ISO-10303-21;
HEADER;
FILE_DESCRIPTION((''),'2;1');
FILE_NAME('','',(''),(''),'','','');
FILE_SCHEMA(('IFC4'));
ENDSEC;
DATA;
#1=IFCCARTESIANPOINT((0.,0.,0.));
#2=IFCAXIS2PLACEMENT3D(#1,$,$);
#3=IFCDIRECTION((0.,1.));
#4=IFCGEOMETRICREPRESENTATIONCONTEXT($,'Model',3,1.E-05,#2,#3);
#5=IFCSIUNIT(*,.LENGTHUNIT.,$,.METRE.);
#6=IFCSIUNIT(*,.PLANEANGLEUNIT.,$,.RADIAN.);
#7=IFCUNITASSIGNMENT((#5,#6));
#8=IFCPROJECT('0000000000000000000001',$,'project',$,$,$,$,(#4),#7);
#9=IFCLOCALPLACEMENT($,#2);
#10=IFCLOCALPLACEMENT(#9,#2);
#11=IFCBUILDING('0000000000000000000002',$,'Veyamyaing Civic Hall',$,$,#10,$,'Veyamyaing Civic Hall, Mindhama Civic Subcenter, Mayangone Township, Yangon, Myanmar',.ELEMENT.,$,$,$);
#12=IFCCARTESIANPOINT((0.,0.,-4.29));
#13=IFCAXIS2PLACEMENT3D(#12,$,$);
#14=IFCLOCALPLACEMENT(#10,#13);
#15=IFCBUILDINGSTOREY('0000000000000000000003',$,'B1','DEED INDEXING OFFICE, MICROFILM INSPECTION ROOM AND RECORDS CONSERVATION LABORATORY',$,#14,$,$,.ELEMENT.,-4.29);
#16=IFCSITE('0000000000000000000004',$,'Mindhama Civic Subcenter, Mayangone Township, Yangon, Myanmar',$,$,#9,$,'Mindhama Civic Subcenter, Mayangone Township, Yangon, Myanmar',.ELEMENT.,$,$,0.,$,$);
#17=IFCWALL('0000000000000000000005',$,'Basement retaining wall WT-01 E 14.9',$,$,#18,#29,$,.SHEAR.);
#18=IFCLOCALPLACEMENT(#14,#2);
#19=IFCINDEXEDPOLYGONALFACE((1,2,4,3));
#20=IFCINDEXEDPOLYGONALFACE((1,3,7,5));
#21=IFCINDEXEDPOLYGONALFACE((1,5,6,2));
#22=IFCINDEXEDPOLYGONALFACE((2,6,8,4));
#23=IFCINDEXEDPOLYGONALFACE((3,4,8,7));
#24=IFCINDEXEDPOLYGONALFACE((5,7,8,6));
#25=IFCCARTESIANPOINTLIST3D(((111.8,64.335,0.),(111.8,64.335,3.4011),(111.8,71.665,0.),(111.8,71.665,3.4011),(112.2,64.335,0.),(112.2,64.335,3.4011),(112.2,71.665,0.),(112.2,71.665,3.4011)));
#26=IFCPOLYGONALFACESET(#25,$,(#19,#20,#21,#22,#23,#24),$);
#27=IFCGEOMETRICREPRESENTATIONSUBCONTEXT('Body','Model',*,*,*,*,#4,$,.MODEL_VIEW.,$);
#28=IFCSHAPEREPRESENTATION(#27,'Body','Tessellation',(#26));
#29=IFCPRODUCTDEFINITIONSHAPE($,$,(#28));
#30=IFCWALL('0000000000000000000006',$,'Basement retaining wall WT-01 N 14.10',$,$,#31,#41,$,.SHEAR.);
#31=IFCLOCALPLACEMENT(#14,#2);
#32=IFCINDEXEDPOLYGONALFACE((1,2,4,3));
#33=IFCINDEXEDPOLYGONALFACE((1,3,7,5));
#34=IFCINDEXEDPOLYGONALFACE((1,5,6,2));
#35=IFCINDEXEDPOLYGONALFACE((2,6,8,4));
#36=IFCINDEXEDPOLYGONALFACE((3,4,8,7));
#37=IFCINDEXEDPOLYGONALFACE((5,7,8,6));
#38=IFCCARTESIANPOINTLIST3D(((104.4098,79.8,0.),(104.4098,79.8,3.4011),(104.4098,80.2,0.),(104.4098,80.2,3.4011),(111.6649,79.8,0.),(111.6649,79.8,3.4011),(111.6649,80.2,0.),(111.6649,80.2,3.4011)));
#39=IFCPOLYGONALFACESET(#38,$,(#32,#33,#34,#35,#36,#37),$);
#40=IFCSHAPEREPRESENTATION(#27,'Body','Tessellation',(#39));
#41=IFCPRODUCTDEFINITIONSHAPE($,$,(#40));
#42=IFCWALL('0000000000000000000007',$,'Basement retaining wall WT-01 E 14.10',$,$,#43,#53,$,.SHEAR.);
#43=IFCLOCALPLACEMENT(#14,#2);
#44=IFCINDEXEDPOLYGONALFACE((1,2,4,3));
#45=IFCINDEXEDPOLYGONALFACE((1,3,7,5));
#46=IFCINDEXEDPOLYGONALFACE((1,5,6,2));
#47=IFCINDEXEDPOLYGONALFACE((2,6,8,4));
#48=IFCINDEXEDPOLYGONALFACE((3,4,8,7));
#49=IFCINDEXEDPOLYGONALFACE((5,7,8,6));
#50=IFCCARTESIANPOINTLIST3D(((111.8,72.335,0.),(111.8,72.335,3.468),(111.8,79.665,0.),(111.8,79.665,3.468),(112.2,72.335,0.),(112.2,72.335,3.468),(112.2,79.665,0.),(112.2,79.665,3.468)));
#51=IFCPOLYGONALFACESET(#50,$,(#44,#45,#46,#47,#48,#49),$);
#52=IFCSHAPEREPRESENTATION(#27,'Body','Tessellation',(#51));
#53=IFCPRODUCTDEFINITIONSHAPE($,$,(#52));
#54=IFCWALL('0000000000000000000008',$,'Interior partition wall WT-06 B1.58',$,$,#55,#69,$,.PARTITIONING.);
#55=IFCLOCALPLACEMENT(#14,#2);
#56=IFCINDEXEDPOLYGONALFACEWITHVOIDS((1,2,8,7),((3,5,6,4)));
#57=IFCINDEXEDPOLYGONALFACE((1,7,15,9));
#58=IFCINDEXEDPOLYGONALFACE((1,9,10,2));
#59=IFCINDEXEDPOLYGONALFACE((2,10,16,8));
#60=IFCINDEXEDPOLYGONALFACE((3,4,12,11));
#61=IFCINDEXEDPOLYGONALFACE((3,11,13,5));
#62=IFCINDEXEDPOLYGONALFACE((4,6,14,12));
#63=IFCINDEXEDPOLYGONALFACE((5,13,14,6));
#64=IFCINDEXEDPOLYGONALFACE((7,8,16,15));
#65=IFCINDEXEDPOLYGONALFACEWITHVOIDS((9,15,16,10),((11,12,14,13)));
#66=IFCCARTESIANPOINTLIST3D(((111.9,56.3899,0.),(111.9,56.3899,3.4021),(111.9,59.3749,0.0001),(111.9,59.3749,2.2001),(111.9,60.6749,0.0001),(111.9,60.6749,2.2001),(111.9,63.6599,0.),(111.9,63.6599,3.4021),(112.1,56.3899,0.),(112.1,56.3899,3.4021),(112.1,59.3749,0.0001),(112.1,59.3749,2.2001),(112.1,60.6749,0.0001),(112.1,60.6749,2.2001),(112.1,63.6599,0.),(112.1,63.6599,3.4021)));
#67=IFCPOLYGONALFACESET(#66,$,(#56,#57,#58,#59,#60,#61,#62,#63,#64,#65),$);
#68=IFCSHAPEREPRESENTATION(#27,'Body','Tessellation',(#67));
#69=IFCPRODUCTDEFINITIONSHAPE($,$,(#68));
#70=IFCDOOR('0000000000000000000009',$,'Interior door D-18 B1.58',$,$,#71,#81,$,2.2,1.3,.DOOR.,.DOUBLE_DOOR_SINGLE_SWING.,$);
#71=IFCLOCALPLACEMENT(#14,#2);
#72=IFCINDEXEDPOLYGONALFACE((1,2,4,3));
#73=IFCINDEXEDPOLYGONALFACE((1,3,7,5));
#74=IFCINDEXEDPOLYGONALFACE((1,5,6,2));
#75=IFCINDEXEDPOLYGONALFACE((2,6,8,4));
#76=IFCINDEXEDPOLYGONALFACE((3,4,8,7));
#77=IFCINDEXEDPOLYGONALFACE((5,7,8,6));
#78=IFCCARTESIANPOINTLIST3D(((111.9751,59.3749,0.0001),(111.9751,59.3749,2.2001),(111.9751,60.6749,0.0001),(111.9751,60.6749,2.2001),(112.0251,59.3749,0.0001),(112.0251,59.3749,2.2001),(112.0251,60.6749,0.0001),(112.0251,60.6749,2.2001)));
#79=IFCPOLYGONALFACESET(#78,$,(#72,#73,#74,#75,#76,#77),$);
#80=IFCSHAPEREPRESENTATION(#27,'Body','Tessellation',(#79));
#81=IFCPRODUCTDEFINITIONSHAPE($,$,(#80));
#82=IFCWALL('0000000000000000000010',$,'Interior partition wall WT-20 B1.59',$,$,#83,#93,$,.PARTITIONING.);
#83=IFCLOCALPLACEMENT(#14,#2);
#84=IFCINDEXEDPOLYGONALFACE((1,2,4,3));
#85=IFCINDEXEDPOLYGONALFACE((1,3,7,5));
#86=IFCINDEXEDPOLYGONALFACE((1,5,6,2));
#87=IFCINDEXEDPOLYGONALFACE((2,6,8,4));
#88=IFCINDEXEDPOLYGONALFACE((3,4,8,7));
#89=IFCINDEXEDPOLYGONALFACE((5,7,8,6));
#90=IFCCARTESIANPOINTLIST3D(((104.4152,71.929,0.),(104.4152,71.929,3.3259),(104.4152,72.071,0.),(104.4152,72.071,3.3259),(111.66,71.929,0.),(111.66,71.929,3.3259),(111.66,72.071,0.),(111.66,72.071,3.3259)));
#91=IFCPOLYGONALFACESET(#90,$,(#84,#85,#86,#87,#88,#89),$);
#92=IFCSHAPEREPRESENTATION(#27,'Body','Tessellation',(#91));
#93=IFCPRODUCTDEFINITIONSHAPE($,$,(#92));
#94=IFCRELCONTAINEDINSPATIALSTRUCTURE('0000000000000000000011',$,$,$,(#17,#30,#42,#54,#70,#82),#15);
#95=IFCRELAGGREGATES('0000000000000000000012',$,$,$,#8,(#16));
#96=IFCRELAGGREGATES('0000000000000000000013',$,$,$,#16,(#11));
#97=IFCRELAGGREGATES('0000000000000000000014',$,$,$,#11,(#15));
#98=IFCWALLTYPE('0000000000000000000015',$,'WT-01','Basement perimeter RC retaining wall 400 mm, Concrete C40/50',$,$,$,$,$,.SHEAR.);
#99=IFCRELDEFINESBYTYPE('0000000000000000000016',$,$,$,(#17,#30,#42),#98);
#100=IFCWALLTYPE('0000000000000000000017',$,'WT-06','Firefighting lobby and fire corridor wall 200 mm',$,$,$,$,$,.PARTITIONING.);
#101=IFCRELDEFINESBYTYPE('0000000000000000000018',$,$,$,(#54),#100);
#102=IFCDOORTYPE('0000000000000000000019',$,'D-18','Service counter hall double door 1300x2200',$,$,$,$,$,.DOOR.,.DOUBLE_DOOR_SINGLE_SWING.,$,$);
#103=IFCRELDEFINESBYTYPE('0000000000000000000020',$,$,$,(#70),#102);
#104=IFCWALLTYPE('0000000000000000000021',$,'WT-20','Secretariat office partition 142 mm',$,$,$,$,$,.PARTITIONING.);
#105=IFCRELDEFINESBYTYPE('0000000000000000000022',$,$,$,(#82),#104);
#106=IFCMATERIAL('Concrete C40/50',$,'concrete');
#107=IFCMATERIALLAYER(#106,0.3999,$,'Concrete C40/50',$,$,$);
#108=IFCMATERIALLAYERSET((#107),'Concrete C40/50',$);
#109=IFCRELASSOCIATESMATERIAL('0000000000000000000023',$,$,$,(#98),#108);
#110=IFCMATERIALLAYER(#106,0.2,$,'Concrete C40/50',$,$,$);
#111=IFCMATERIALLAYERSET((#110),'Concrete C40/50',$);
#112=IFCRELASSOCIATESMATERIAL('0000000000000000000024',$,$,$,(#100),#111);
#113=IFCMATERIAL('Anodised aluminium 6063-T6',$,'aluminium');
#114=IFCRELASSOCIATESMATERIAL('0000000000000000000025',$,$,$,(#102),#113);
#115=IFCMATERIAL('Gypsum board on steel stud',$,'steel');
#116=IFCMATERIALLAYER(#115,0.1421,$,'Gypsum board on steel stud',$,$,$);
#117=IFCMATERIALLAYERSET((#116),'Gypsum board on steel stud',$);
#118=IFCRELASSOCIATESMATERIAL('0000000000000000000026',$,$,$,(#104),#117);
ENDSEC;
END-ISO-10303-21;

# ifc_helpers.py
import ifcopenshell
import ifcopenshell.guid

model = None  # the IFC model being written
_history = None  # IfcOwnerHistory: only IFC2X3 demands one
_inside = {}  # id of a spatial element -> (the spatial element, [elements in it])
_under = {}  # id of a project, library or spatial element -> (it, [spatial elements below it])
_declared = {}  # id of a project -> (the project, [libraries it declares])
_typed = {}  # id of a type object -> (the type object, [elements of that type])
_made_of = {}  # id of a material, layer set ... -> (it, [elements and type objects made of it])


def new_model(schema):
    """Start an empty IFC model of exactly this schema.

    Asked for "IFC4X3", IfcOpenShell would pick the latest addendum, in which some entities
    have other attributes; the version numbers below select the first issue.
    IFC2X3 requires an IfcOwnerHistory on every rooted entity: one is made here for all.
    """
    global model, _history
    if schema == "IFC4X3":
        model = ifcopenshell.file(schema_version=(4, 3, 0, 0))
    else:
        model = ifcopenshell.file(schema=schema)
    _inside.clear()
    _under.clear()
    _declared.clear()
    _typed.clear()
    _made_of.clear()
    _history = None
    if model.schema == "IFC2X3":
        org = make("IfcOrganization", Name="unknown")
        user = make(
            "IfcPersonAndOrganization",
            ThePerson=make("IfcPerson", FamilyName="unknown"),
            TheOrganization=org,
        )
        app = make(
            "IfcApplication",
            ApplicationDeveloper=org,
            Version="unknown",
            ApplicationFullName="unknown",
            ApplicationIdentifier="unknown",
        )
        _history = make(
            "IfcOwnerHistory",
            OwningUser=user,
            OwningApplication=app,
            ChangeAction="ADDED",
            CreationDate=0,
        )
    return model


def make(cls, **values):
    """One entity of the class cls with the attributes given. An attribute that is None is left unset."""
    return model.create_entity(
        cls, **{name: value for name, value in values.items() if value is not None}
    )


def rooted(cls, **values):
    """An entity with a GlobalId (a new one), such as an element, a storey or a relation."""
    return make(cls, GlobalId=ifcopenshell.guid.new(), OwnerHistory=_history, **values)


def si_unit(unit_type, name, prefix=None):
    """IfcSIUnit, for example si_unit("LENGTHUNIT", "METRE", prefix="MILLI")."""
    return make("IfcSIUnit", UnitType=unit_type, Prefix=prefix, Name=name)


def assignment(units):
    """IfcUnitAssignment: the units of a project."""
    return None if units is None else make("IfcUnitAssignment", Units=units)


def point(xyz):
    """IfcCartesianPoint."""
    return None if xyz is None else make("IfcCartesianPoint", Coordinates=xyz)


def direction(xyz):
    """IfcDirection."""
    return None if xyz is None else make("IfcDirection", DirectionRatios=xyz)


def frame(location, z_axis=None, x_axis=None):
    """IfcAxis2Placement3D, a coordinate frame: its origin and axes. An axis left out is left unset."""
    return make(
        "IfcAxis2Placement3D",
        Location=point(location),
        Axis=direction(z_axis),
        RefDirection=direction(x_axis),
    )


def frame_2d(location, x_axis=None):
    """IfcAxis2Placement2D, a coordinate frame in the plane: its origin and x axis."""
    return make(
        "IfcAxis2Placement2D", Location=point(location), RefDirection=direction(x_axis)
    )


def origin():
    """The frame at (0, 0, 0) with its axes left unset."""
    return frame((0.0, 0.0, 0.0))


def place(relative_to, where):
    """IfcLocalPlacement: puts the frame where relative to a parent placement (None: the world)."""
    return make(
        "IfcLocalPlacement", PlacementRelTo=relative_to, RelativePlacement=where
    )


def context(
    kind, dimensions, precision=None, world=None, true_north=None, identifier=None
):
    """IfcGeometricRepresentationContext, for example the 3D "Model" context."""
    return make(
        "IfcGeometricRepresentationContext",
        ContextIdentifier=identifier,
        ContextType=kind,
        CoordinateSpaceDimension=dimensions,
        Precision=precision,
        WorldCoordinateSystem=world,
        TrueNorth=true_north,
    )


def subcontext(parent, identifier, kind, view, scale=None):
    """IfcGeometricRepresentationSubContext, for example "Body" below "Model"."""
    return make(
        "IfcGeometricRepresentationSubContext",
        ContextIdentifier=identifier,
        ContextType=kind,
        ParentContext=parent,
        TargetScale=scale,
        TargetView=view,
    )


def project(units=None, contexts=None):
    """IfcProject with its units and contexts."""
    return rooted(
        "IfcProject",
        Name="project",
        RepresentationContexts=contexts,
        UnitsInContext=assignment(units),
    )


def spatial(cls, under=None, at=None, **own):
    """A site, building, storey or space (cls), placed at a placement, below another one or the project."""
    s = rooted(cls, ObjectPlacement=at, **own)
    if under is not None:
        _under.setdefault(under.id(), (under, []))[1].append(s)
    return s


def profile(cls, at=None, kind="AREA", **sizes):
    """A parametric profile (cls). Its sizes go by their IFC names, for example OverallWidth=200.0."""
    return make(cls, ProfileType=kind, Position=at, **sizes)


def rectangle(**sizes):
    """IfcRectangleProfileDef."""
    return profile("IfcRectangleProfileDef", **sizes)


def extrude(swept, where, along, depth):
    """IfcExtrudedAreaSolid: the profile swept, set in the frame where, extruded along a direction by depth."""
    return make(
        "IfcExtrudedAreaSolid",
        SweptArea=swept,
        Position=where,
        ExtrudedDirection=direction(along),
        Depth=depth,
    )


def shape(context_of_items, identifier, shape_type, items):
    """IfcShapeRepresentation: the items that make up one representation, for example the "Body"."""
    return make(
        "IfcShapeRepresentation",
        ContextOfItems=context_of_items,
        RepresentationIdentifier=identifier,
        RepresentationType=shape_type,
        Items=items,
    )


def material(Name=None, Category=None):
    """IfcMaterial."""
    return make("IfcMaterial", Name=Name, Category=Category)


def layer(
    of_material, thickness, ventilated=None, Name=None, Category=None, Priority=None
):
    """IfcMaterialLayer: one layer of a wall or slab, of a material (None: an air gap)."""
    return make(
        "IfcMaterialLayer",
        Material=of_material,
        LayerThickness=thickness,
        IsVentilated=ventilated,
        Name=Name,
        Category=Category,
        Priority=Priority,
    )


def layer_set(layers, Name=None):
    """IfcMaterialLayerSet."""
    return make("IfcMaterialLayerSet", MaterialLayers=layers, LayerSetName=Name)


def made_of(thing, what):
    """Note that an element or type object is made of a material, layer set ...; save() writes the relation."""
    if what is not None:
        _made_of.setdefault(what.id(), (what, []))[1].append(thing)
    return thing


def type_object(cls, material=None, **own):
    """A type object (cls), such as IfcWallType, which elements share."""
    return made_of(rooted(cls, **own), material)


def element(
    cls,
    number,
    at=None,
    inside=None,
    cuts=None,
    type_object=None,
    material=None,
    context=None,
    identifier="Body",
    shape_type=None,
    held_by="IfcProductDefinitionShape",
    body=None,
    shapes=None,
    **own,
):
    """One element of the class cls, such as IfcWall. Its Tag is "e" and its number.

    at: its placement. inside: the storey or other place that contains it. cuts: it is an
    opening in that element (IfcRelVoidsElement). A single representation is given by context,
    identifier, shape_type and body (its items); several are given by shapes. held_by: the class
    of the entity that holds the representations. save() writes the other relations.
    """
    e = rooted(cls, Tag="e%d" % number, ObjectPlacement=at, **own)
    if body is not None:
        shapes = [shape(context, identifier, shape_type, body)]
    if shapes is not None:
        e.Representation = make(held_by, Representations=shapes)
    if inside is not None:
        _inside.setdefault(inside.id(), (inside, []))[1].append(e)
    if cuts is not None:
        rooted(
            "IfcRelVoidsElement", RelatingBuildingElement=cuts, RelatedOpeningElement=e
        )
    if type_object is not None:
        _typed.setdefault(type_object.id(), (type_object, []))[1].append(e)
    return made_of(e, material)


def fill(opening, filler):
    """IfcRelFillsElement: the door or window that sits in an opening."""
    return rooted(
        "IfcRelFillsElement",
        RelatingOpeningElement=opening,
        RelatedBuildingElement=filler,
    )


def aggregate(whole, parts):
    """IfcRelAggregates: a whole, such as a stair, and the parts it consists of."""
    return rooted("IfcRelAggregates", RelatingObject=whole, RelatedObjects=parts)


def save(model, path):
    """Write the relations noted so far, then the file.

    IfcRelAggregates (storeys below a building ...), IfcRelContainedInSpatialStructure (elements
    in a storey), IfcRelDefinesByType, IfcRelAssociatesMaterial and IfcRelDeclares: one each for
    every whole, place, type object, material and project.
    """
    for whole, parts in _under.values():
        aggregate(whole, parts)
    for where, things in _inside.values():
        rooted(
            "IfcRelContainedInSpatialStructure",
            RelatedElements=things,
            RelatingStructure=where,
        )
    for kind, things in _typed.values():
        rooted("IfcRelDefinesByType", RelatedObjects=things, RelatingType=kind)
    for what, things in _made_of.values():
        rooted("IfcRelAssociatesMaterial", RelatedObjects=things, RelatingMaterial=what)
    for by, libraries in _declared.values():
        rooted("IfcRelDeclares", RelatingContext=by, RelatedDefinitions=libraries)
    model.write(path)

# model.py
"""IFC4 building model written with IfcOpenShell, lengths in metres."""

from ifc_helpers import new_model, si_unit, direction, frame, frame_2d, origin, place, context, subcontext, project, spatial, rectangle, extrude, material, layer, layer_set, type_object, element, fill, save


model = new_model("IFC4")

# Units and contexts
model_context = context("Model", 3, precision=1e-05, world=origin(), true_north=direction((0.0, 1.0)))
body_context = subcontext(model_context, "Body", "Model", "MODEL_VIEW")
ifc_project = project(units=[si_unit("LENGTHUNIT", "METRE"), si_unit("PLANEANGLEUNIT", "RADIAN")], contexts=[model_context])

# Site, building, storey
site_placement = place(None, origin())
site = spatial("IfcSite", under=ifc_project, at=site_placement, Name="Mindhama Civic Subcenter, Mayangone Township, Yangon, Myanmar", LongName="Mindhama Civic Subcenter, Mayangone Township, Yangon, Myanmar", CompositionType="ELEMENT", RefElevation=0.0)
building_placement = place(site_placement, origin())
building = spatial("IfcBuilding", under=site, at=building_placement, Name="Veyamyaing Civic Hall", LongName="Veyamyaing Civic Hall, Mindhama Civic Subcenter, Mayangone Township, Yangon, Myanmar", CompositionType="ELEMENT")
storey_placement = place(building_placement, frame((0.0, 0.0, -4.29)))
storey = spatial("IfcBuildingStorey", under=building, at=storey_placement, Name="B1", Description="DEED INDEXING OFFICE, MICROFILM INSPECTION ROOM AND RECORDS CONSERVATION LABORATORY", CompositionType="ELEMENT", Elevation=-4.29)

# Shared definitions
ifc_material_1 = material(Name="Concrete C40/50", Category="concrete")

# Walls
ifc_layer_1 = layer(ifc_material_1, 0.3999, Name="Concrete C40/50")
ifc_layer_set_1 = layer_set([ifc_layer_1], Name="Concrete C40/50")
wall_type_1 = type_object("IfcWallType", Name="WT-01", Description="Basement perimeter RC retaining wall 400 mm, Concrete C40/50", PredefinedType="SHEAR", material=ifc_layer_set_1)
wall_1_placement = place(storey_placement, frame((112.0, 64.335, 0.0), z_axis=(0.0, 0.0, 1.0), x_axis=(0.0, 1.0, 0.0)))
element("IfcWall", 1, at=wall_1_placement, inside=storey, type_object=wall_type_1, Name="Basement retaining wall WT-01 E 14.9", PredefinedType="SHEAR", context=body_context, shape_type="SweptSolid", body=[
    extrude(rectangle(XDim=7.3301, YDim=0.3999, at=frame_2d((3.665, 0.0))), origin(), (0.0, 0.0, 1.0), 3.4011),
])
wall_2_placement = place(storey_placement, frame((104.4099, 80.0, 0.0), z_axis=(0.0, 0.0, 1.0), x_axis=(1.0, 0.0, 0.0)))
element("IfcWall", 2, at=wall_2_placement, inside=storey, type_object=wall_type_1, Name="Basement retaining wall WT-01 N 14.10", PredefinedType="SHEAR", context=body_context, shape_type="SweptSolid", body=[
    extrude(rectangle(XDim=7.2551, YDim=0.3999, at=frame_2d((3.6274, 0.0))), origin(), (0.0, 0.0, 1.0), 3.4011),
])
wall_3_placement = place(storey_placement, frame((112.0, 72.335, 0.0), z_axis=(0.0, 0.0, 1.0), x_axis=(0.0, 1.0, 0.0)))
element("IfcWall", 3, at=wall_3_placement, inside=storey, type_object=wall_type_1, Name="Basement retaining wall WT-01 E 14.10", PredefinedType="SHEAR", context=body_context, shape_type="SweptSolid", body=[
    extrude(rectangle(XDim=7.3301, YDim=0.3999, at=frame_2d((3.665, 0.0))), origin(), (0.0, 0.0, 1.0), 3.468),
])

# Wall, opening, door
ifc_layer_2 = layer(ifc_material_1, 0.2, Name="Concrete C40/50")
ifc_layer_set_2 = layer_set([ifc_layer_2], Name="Concrete C40/50")
wall_type_2 = type_object("IfcWallType", Name="WT-06", Description="Firefighting lobby and fire corridor wall 200 mm", PredefinedType="PARTITIONING", material=ifc_layer_set_2)
wall_4_placement = place(storey_placement, frame((112.0, 56.3899, 0.0), z_axis=(0.0, 0.0, 1.0), x_axis=(0.0, 1.0, 0.0)))
wall_4 = element("IfcWall", 4, at=wall_4_placement, inside=storey, type_object=wall_type_2, Name="Interior partition wall WT-06 B1.58", PredefinedType="PARTITIONING", context=body_context, shape_type="SweptSolid", body=[
    extrude(rectangle(XDim=7.27, YDim=0.2, at=frame_2d((3.635, 0.0))), origin(), (0.0, 0.0, 1.0), 3.4021),
])
opening_placement = place(wall_4_placement, frame((2.9851, 0.0, 0.0)))
opening = element("IfcOpeningElement", 5, at=opening_placement, cuts=wall_4, PredefinedType="OPENING", context=body_context, shape_type="SweptSolid", body=[
    extrude(rectangle(XDim=1.3, YDim=2.2, at=frame_2d((0.6499, 1.1001))), frame((0.0, 0.1099, 0.0), z_axis=(0.0, -1.0, 0.0), x_axis=(1.0, 0.0, 0.0)), (0.0, 0.0, 1.0), 0.22),
])
ifc_material_2 = material(Name="Anodised aluminium 6063-T6", Category="aluminium")
door_type = type_object("IfcDoorType", Name="D-18", Description="Service counter hall double door 1300x2200", OperationType="DOUBLE_DOOR_SINGLE_SWING", PredefinedType="DOOR", material=ifc_material_2)
door_placement = place(opening_placement, origin())
door = element("IfcDoor", 6, at=door_placement, inside=storey, type_object=door_type, Name="Interior door D-18 B1.58", OperationType="DOUBLE_DOOR_SINGLE_SWING", OverallHeight=2.2, OverallWidth=1.3, PredefinedType="DOOR", context=body_context, shape_type="SweptSolid", body=[
    extrude(rectangle(XDim=1.3, YDim=2.2, at=frame_2d((0.6499, 1.1001))), frame((0.0, 0.0249, 0.0), z_axis=(0.0, -1.0, 0.0), x_axis=(1.0, 0.0, 0.0)), (0.0, 0.0, 1.0), 0.05),
])
fill(opening, door)

# Wall
ifc_material_3 = material(Name="Gypsum board on steel stud", Category="steel")
ifc_layer_3 = layer(ifc_material_3, 0.1421, Name="Gypsum board on steel stud")
ifc_layer_set_3 = layer_set([ifc_layer_3], Name="Gypsum board on steel stud")
wall_type_3 = type_object("IfcWallType", Name="WT-20", Description="Secretariat office partition 142 mm", PredefinedType="PARTITIONING", material=ifc_layer_set_3)
wall_5_placement = place(storey_placement, frame((104.415, 72.0, 0.0), z_axis=(0.0, 0.0, 1.0), x_axis=(1.0, 0.0, 0.0)))
element("IfcWall", 7, at=wall_5_placement, inside=storey, type_object=wall_type_3, Name="Interior partition wall WT-20 B1.59", PredefinedType="PARTITIONING", context=body_context, shape_type="SweptSolid", body=[
    extrude(rectangle(XDim=7.2449, YDim=0.1421, at=frame_2d((3.6226, 0.0))), origin(), (0.0, 0.0, 1.0), 3.3259),
])

save(model, "model.ifc")
